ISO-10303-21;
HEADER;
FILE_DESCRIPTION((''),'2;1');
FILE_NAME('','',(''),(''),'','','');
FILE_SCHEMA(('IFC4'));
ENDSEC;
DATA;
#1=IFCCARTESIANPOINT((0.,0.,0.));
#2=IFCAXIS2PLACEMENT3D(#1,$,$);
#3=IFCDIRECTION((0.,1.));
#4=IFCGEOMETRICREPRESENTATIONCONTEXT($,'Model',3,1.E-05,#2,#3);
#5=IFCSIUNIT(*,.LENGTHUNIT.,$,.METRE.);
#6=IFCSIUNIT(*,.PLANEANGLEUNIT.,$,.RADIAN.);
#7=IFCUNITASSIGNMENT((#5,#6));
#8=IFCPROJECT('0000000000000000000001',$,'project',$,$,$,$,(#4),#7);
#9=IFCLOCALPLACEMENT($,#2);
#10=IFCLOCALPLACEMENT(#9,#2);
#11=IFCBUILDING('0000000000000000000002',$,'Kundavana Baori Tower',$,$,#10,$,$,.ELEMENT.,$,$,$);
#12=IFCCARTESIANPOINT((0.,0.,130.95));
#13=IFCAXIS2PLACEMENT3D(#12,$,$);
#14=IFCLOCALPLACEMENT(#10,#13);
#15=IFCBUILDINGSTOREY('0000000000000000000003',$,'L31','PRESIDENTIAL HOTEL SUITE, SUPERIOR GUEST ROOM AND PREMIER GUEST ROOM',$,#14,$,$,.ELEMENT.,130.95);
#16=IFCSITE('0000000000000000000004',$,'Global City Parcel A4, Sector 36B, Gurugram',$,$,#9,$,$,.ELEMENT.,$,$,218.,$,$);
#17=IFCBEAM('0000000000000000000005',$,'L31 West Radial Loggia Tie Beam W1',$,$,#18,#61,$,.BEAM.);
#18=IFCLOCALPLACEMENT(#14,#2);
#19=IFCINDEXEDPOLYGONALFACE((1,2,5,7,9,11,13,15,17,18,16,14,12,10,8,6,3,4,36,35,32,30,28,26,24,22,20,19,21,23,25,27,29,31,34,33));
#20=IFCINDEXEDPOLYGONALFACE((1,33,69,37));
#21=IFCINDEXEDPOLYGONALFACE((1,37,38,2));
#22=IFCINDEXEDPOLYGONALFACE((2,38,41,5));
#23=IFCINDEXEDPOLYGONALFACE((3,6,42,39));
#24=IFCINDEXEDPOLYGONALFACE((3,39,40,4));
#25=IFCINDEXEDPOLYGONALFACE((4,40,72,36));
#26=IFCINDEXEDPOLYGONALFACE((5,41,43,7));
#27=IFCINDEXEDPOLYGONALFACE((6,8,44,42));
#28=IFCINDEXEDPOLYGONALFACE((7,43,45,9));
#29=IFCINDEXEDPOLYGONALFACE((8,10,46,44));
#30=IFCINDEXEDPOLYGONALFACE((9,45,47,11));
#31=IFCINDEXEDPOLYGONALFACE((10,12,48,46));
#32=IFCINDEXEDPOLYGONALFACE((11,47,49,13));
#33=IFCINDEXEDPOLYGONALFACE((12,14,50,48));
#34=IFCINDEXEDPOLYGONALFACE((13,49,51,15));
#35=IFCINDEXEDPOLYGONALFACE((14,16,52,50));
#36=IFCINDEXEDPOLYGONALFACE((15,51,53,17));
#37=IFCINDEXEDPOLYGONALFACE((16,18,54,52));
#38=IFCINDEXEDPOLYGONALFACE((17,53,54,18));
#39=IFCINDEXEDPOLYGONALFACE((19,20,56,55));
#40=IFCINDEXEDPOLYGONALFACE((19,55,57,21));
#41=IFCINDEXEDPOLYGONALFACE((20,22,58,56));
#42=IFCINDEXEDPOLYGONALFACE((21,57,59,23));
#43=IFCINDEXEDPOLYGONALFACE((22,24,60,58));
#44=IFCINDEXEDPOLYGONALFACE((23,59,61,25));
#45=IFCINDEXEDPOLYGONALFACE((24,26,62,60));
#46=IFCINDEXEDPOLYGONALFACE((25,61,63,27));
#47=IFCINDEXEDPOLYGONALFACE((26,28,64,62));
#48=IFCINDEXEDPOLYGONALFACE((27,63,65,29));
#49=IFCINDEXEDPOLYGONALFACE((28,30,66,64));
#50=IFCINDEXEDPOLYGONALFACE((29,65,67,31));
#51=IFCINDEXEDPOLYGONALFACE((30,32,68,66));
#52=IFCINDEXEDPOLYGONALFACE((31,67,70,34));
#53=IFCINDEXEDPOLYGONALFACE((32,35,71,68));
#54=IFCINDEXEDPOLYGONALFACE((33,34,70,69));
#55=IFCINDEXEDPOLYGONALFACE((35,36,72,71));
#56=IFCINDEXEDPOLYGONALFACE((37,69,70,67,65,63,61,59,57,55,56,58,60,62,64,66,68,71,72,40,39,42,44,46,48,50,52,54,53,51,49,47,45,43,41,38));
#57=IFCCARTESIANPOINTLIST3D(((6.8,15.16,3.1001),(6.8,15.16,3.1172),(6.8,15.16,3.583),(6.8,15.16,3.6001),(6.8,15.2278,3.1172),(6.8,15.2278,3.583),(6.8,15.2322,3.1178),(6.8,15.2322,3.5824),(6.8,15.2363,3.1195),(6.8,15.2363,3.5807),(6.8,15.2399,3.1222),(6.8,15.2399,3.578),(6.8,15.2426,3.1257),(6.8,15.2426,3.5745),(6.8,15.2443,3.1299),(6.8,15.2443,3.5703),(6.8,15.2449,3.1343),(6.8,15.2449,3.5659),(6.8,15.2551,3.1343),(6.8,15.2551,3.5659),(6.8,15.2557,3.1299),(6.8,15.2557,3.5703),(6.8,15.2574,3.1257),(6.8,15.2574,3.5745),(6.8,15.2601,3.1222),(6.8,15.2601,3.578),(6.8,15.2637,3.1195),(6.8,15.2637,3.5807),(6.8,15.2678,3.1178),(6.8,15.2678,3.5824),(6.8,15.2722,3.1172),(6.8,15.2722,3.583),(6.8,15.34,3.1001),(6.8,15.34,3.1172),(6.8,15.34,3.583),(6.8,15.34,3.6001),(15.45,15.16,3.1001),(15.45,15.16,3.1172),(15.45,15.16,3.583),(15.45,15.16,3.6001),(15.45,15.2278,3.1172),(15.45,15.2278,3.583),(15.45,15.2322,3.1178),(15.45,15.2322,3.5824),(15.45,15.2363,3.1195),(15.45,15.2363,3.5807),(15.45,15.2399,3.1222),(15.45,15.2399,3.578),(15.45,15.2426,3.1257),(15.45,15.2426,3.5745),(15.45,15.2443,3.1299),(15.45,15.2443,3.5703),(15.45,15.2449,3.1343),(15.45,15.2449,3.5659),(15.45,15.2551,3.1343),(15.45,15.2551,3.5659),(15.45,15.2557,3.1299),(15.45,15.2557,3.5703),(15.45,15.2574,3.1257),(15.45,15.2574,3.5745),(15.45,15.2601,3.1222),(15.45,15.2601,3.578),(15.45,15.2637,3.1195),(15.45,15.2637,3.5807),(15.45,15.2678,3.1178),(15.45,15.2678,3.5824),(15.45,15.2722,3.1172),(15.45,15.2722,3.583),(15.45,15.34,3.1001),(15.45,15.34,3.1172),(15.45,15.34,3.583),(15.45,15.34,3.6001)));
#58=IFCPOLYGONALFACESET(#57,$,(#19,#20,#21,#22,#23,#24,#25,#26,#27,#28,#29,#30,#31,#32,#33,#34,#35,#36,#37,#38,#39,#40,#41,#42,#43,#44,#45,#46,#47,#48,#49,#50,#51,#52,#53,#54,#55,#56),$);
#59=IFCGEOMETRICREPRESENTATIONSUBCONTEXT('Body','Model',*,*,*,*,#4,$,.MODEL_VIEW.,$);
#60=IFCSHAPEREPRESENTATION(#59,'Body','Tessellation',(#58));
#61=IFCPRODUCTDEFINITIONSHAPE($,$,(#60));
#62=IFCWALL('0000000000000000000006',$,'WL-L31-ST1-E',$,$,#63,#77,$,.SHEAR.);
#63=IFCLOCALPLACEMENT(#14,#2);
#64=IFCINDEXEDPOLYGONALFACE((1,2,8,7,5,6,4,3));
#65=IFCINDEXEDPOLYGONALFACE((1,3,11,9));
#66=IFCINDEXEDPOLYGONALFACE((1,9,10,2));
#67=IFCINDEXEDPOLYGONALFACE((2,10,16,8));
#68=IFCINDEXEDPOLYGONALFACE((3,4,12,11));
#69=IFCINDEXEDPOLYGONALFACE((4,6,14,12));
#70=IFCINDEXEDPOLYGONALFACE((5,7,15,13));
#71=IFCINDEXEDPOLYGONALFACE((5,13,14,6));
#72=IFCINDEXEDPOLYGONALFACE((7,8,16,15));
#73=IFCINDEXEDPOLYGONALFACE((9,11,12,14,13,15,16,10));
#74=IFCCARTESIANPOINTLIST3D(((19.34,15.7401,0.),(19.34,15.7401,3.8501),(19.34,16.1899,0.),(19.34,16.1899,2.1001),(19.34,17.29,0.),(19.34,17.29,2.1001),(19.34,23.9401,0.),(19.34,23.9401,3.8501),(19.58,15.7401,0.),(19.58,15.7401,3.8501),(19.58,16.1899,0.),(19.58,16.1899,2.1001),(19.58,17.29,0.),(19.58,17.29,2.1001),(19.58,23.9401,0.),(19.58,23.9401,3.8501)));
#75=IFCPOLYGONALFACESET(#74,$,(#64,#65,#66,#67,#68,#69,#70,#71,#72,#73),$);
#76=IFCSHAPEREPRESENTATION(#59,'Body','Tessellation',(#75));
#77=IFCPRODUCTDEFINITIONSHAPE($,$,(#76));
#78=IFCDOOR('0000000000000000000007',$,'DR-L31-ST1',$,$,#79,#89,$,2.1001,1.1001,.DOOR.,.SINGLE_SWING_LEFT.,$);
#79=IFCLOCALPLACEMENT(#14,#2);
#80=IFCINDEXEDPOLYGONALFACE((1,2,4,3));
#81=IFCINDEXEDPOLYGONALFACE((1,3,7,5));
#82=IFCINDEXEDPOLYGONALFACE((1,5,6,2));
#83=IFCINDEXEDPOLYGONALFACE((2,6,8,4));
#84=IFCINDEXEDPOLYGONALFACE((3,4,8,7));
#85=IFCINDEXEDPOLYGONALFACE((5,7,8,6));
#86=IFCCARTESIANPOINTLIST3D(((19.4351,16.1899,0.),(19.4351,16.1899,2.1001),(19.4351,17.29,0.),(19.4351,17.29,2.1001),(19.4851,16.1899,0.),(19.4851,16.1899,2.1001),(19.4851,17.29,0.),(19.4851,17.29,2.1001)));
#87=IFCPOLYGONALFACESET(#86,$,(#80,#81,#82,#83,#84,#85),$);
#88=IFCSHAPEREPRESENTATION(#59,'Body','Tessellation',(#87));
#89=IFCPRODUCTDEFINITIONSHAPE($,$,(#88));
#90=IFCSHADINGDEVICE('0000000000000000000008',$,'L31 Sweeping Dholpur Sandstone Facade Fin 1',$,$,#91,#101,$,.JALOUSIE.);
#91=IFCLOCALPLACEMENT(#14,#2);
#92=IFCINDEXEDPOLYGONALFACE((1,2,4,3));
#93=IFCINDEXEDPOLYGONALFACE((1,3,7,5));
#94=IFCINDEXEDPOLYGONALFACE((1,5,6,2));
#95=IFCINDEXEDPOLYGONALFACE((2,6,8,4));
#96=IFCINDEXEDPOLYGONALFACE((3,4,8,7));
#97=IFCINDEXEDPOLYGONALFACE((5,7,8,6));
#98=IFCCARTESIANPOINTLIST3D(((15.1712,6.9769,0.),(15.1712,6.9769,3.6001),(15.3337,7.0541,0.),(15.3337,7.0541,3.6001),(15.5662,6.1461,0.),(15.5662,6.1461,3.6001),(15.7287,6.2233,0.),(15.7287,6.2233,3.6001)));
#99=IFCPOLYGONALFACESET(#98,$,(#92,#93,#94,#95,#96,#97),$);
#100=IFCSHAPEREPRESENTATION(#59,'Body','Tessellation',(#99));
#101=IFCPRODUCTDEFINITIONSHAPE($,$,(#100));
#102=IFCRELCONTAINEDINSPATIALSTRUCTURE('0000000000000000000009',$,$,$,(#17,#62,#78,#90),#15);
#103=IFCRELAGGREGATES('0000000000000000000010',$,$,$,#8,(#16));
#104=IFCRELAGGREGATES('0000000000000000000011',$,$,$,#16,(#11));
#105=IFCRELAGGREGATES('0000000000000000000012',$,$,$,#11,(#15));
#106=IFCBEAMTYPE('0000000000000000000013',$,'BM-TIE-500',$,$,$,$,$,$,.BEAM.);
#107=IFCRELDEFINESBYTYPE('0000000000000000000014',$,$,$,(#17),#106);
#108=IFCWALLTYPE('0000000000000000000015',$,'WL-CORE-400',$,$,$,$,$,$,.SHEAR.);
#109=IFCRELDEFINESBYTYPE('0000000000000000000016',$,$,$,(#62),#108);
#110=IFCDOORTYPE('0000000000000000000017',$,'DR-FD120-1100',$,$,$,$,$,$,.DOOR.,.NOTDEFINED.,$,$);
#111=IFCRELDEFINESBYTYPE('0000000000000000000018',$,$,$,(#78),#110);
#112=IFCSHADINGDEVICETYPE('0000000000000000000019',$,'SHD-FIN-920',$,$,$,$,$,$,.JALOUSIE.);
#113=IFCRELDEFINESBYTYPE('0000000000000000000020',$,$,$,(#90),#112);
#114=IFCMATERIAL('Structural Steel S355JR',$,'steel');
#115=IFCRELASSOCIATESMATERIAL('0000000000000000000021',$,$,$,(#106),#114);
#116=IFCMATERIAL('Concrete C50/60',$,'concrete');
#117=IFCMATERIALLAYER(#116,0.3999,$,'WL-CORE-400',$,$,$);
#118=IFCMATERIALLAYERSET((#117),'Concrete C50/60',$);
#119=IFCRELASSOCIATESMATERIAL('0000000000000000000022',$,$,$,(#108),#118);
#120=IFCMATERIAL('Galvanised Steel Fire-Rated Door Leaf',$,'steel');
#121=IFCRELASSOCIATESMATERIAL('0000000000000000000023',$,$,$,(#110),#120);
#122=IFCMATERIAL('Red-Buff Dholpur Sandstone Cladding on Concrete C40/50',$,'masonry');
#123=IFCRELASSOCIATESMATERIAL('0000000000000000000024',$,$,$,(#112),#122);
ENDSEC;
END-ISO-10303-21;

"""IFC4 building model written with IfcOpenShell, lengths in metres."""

from ifc_helpers import new_model, si_unit, direction, frame, frame_2d, origin, origin_2d, place, context, subcontext, project, spatial, rectangle, i_section, extrude, material, layer, layer_set, material_profile, profile_set, type_object, element, fill, save


model = new_model("IFC4")

# Units and contexts
model_context = context("Model", 3, precision=1e-05, world=origin(), true_north=direction((0.0, 1.0)))
body_context = subcontext(model_context, "Body", "Model", "MODEL_VIEW")
ifc_project = project(units=[si_unit("LENGTHUNIT", "METRE"), si_unit("PLANEANGLEUNIT", "RADIAN")], contexts=[model_context])

# Site, building, storey
site_placement = place(None, origin())
site = spatial("IfcSite", under=ifc_project, at=site_placement, Name="Global City Parcel A4, Sector 36B, Gurugram", CompositionType="ELEMENT", RefElevation=218.0)
building_placement = place(site_placement, origin())
building = spatial("IfcBuilding", under=site, at=building_placement, Name="Kundavana Baori Tower", CompositionType="ELEMENT")
storey_placement = place(building_placement, frame((0.0, 0.0, 130.95)))
storey = spatial("IfcBuildingStorey", under=building, at=storey_placement, Name="L31", Description="PRESIDENTIAL HOTEL SUITE, SUPERIOR GUEST ROOM AND PREMIER GUEST ROOM", CompositionType="ELEMENT", Elevation=130.95)

# Beam
ifc_material_1 = material(Name="Structural Steel S355JR", Category="steel")
ifc_material_profile_1 = material_profile(ifc_material_1, i_section(OverallWidth=0.1799, OverallDepth=0.5, WebThickness=0.0103, FlangeThickness=0.0171, FilletRadius=0.0171, at=origin_2d()), Name="ISMB 500")
ifc_profile_set_1 = profile_set([ifc_material_profile_1], Name="Structural Steel S355JR")
beam_type_1 = type_object("IfcBeamType", Name="BM-TIE-500", PredefinedType="BEAM", material=ifc_profile_set_1)
for number, where, z_axis, x_axis, name in (
    (1, (15.45, 15.25, 3.3501), (-1.0, 0.0, 0.0), (0.0, -1.0, 0.0), "L31 West Radial Loggia Tie Beam W1"),
):
    element("IfcBeam", number, at=place(storey_placement, frame(where, z_axis=z_axis, x_axis=x_axis)), inside=storey, type_object=beam_type_1, Name=name, PredefinedType="BEAM", context=body_context, shape_type="SweptSolid", body=[
        extrude(i_section(OverallWidth=0.1799, OverallDepth=0.5, WebThickness=0.0103, FlangeThickness=0.0171, FilletRadius=0.0171, at=origin_2d()), origin(), (0.0, 0.0, 1.0), 8.6499),
    ])

# Wall, opening, door
ifc_material_2 = material(Name="Concrete C50/60", Category="concrete")
ifc_layer = layer(ifc_material_2, 0.3999, Name="WL-CORE-400")
ifc_layer_set = layer_set([ifc_layer], Name="Concrete C50/60")
wall_type = type_object("IfcWallType", Name="WL-CORE-400", PredefinedType="SHEAR", material=ifc_layer_set)
wall_placement = place(storey_placement, frame((19.46, 15.74, 0.0), z_axis=(0.0, 0.0, 1.0), x_axis=(0.0, 1.0, 0.0)))
wall = element("IfcWall", 2, at=wall_placement, inside=storey, type_object=wall_type, Name="WL-L31-ST1-E", PredefinedType="SHEAR", context=body_context, shape_type="SweptSolid", body=[
    extrude(rectangle(XDim=8.2, YDim=0.24, at=frame_2d((4.1001, 0.0))), origin(), (0.0, 0.0, 1.0), 3.8501),
])
opening_placement = place(wall_placement, frame((0.45, 0.0, 0.0)))
opening = element("IfcOpeningElement", 3, at=opening_placement, cuts=wall, PredefinedType="OPENING", context=body_context, shape_type="SweptSolid", body=[
    extrude(rectangle(XDim=1.1001, YDim=2.1001, at=frame_2d((0.55, 1.05))), frame((0.0, 0.1299, 0.0), z_axis=(0.0, -1.0, 0.0), x_axis=(1.0, 0.0, 0.0)), (0.0, 0.0, 1.0), 0.26),
])
ifc_material_3 = material(Name="Galvanised Steel Fire-Rated Door Leaf", Category="steel")
door_type = type_object("IfcDoorType", Name="DR-FD120-1100", OperationType="NOTDEFINED", PredefinedType="DOOR", material=ifc_material_3)
door_placement = place(opening_placement, origin())
door = element("IfcDoor", 4, at=door_placement, inside=storey, type_object=door_type, Name="DR-L31-ST1", OperationType="SINGLE_SWING_LEFT", OverallHeight=2.1001, OverallWidth=1.1001, PredefinedType="DOOR", context=body_context, shape_type="SweptSolid", body=[
    extrude(rectangle(XDim=1.1001, YDim=2.1001, at=frame_2d((0.55, 1.05))), frame((0.0, 0.0249, 0.0), z_axis=(0.0, -1.0, 0.0), x_axis=(1.0, 0.0, 0.0)), (0.0, 0.0, 1.0), 0.05),
])
fill(opening, door)

# Shading device
ifc_material_4 = material(Name="Red-Buff Dholpur Sandstone Cladding on Concrete C40/50", Category="masonry")
shading_device_type = type_object("IfcShadingDeviceType", Name="SHD-FIN-920", PredefinedType="JALOUSIE", material=ifc_material_4)
shading_device_placement = place(storey_placement, frame((15.45, 6.6001, 0.0), z_axis=(0.0, 0.0, 1.0), x_axis=(0.903111, 0.429408, 0.0)))
element("IfcShadingDevice", 5, at=shading_device_placement, inside=storey, type_object=shading_device_type, Name="L31 Sweeping Dholpur Sandstone Facade Fin 1", PredefinedType="JALOUSIE", context=body_context, shape_type="SweptSolid", body=[
    extrude(rectangle(XDim=0.1799, YDim=0.9199, at=origin_2d()), origin(), (0.0, 0.0, 1.0), 3.6001),
])

save(model, "model.ifc")
